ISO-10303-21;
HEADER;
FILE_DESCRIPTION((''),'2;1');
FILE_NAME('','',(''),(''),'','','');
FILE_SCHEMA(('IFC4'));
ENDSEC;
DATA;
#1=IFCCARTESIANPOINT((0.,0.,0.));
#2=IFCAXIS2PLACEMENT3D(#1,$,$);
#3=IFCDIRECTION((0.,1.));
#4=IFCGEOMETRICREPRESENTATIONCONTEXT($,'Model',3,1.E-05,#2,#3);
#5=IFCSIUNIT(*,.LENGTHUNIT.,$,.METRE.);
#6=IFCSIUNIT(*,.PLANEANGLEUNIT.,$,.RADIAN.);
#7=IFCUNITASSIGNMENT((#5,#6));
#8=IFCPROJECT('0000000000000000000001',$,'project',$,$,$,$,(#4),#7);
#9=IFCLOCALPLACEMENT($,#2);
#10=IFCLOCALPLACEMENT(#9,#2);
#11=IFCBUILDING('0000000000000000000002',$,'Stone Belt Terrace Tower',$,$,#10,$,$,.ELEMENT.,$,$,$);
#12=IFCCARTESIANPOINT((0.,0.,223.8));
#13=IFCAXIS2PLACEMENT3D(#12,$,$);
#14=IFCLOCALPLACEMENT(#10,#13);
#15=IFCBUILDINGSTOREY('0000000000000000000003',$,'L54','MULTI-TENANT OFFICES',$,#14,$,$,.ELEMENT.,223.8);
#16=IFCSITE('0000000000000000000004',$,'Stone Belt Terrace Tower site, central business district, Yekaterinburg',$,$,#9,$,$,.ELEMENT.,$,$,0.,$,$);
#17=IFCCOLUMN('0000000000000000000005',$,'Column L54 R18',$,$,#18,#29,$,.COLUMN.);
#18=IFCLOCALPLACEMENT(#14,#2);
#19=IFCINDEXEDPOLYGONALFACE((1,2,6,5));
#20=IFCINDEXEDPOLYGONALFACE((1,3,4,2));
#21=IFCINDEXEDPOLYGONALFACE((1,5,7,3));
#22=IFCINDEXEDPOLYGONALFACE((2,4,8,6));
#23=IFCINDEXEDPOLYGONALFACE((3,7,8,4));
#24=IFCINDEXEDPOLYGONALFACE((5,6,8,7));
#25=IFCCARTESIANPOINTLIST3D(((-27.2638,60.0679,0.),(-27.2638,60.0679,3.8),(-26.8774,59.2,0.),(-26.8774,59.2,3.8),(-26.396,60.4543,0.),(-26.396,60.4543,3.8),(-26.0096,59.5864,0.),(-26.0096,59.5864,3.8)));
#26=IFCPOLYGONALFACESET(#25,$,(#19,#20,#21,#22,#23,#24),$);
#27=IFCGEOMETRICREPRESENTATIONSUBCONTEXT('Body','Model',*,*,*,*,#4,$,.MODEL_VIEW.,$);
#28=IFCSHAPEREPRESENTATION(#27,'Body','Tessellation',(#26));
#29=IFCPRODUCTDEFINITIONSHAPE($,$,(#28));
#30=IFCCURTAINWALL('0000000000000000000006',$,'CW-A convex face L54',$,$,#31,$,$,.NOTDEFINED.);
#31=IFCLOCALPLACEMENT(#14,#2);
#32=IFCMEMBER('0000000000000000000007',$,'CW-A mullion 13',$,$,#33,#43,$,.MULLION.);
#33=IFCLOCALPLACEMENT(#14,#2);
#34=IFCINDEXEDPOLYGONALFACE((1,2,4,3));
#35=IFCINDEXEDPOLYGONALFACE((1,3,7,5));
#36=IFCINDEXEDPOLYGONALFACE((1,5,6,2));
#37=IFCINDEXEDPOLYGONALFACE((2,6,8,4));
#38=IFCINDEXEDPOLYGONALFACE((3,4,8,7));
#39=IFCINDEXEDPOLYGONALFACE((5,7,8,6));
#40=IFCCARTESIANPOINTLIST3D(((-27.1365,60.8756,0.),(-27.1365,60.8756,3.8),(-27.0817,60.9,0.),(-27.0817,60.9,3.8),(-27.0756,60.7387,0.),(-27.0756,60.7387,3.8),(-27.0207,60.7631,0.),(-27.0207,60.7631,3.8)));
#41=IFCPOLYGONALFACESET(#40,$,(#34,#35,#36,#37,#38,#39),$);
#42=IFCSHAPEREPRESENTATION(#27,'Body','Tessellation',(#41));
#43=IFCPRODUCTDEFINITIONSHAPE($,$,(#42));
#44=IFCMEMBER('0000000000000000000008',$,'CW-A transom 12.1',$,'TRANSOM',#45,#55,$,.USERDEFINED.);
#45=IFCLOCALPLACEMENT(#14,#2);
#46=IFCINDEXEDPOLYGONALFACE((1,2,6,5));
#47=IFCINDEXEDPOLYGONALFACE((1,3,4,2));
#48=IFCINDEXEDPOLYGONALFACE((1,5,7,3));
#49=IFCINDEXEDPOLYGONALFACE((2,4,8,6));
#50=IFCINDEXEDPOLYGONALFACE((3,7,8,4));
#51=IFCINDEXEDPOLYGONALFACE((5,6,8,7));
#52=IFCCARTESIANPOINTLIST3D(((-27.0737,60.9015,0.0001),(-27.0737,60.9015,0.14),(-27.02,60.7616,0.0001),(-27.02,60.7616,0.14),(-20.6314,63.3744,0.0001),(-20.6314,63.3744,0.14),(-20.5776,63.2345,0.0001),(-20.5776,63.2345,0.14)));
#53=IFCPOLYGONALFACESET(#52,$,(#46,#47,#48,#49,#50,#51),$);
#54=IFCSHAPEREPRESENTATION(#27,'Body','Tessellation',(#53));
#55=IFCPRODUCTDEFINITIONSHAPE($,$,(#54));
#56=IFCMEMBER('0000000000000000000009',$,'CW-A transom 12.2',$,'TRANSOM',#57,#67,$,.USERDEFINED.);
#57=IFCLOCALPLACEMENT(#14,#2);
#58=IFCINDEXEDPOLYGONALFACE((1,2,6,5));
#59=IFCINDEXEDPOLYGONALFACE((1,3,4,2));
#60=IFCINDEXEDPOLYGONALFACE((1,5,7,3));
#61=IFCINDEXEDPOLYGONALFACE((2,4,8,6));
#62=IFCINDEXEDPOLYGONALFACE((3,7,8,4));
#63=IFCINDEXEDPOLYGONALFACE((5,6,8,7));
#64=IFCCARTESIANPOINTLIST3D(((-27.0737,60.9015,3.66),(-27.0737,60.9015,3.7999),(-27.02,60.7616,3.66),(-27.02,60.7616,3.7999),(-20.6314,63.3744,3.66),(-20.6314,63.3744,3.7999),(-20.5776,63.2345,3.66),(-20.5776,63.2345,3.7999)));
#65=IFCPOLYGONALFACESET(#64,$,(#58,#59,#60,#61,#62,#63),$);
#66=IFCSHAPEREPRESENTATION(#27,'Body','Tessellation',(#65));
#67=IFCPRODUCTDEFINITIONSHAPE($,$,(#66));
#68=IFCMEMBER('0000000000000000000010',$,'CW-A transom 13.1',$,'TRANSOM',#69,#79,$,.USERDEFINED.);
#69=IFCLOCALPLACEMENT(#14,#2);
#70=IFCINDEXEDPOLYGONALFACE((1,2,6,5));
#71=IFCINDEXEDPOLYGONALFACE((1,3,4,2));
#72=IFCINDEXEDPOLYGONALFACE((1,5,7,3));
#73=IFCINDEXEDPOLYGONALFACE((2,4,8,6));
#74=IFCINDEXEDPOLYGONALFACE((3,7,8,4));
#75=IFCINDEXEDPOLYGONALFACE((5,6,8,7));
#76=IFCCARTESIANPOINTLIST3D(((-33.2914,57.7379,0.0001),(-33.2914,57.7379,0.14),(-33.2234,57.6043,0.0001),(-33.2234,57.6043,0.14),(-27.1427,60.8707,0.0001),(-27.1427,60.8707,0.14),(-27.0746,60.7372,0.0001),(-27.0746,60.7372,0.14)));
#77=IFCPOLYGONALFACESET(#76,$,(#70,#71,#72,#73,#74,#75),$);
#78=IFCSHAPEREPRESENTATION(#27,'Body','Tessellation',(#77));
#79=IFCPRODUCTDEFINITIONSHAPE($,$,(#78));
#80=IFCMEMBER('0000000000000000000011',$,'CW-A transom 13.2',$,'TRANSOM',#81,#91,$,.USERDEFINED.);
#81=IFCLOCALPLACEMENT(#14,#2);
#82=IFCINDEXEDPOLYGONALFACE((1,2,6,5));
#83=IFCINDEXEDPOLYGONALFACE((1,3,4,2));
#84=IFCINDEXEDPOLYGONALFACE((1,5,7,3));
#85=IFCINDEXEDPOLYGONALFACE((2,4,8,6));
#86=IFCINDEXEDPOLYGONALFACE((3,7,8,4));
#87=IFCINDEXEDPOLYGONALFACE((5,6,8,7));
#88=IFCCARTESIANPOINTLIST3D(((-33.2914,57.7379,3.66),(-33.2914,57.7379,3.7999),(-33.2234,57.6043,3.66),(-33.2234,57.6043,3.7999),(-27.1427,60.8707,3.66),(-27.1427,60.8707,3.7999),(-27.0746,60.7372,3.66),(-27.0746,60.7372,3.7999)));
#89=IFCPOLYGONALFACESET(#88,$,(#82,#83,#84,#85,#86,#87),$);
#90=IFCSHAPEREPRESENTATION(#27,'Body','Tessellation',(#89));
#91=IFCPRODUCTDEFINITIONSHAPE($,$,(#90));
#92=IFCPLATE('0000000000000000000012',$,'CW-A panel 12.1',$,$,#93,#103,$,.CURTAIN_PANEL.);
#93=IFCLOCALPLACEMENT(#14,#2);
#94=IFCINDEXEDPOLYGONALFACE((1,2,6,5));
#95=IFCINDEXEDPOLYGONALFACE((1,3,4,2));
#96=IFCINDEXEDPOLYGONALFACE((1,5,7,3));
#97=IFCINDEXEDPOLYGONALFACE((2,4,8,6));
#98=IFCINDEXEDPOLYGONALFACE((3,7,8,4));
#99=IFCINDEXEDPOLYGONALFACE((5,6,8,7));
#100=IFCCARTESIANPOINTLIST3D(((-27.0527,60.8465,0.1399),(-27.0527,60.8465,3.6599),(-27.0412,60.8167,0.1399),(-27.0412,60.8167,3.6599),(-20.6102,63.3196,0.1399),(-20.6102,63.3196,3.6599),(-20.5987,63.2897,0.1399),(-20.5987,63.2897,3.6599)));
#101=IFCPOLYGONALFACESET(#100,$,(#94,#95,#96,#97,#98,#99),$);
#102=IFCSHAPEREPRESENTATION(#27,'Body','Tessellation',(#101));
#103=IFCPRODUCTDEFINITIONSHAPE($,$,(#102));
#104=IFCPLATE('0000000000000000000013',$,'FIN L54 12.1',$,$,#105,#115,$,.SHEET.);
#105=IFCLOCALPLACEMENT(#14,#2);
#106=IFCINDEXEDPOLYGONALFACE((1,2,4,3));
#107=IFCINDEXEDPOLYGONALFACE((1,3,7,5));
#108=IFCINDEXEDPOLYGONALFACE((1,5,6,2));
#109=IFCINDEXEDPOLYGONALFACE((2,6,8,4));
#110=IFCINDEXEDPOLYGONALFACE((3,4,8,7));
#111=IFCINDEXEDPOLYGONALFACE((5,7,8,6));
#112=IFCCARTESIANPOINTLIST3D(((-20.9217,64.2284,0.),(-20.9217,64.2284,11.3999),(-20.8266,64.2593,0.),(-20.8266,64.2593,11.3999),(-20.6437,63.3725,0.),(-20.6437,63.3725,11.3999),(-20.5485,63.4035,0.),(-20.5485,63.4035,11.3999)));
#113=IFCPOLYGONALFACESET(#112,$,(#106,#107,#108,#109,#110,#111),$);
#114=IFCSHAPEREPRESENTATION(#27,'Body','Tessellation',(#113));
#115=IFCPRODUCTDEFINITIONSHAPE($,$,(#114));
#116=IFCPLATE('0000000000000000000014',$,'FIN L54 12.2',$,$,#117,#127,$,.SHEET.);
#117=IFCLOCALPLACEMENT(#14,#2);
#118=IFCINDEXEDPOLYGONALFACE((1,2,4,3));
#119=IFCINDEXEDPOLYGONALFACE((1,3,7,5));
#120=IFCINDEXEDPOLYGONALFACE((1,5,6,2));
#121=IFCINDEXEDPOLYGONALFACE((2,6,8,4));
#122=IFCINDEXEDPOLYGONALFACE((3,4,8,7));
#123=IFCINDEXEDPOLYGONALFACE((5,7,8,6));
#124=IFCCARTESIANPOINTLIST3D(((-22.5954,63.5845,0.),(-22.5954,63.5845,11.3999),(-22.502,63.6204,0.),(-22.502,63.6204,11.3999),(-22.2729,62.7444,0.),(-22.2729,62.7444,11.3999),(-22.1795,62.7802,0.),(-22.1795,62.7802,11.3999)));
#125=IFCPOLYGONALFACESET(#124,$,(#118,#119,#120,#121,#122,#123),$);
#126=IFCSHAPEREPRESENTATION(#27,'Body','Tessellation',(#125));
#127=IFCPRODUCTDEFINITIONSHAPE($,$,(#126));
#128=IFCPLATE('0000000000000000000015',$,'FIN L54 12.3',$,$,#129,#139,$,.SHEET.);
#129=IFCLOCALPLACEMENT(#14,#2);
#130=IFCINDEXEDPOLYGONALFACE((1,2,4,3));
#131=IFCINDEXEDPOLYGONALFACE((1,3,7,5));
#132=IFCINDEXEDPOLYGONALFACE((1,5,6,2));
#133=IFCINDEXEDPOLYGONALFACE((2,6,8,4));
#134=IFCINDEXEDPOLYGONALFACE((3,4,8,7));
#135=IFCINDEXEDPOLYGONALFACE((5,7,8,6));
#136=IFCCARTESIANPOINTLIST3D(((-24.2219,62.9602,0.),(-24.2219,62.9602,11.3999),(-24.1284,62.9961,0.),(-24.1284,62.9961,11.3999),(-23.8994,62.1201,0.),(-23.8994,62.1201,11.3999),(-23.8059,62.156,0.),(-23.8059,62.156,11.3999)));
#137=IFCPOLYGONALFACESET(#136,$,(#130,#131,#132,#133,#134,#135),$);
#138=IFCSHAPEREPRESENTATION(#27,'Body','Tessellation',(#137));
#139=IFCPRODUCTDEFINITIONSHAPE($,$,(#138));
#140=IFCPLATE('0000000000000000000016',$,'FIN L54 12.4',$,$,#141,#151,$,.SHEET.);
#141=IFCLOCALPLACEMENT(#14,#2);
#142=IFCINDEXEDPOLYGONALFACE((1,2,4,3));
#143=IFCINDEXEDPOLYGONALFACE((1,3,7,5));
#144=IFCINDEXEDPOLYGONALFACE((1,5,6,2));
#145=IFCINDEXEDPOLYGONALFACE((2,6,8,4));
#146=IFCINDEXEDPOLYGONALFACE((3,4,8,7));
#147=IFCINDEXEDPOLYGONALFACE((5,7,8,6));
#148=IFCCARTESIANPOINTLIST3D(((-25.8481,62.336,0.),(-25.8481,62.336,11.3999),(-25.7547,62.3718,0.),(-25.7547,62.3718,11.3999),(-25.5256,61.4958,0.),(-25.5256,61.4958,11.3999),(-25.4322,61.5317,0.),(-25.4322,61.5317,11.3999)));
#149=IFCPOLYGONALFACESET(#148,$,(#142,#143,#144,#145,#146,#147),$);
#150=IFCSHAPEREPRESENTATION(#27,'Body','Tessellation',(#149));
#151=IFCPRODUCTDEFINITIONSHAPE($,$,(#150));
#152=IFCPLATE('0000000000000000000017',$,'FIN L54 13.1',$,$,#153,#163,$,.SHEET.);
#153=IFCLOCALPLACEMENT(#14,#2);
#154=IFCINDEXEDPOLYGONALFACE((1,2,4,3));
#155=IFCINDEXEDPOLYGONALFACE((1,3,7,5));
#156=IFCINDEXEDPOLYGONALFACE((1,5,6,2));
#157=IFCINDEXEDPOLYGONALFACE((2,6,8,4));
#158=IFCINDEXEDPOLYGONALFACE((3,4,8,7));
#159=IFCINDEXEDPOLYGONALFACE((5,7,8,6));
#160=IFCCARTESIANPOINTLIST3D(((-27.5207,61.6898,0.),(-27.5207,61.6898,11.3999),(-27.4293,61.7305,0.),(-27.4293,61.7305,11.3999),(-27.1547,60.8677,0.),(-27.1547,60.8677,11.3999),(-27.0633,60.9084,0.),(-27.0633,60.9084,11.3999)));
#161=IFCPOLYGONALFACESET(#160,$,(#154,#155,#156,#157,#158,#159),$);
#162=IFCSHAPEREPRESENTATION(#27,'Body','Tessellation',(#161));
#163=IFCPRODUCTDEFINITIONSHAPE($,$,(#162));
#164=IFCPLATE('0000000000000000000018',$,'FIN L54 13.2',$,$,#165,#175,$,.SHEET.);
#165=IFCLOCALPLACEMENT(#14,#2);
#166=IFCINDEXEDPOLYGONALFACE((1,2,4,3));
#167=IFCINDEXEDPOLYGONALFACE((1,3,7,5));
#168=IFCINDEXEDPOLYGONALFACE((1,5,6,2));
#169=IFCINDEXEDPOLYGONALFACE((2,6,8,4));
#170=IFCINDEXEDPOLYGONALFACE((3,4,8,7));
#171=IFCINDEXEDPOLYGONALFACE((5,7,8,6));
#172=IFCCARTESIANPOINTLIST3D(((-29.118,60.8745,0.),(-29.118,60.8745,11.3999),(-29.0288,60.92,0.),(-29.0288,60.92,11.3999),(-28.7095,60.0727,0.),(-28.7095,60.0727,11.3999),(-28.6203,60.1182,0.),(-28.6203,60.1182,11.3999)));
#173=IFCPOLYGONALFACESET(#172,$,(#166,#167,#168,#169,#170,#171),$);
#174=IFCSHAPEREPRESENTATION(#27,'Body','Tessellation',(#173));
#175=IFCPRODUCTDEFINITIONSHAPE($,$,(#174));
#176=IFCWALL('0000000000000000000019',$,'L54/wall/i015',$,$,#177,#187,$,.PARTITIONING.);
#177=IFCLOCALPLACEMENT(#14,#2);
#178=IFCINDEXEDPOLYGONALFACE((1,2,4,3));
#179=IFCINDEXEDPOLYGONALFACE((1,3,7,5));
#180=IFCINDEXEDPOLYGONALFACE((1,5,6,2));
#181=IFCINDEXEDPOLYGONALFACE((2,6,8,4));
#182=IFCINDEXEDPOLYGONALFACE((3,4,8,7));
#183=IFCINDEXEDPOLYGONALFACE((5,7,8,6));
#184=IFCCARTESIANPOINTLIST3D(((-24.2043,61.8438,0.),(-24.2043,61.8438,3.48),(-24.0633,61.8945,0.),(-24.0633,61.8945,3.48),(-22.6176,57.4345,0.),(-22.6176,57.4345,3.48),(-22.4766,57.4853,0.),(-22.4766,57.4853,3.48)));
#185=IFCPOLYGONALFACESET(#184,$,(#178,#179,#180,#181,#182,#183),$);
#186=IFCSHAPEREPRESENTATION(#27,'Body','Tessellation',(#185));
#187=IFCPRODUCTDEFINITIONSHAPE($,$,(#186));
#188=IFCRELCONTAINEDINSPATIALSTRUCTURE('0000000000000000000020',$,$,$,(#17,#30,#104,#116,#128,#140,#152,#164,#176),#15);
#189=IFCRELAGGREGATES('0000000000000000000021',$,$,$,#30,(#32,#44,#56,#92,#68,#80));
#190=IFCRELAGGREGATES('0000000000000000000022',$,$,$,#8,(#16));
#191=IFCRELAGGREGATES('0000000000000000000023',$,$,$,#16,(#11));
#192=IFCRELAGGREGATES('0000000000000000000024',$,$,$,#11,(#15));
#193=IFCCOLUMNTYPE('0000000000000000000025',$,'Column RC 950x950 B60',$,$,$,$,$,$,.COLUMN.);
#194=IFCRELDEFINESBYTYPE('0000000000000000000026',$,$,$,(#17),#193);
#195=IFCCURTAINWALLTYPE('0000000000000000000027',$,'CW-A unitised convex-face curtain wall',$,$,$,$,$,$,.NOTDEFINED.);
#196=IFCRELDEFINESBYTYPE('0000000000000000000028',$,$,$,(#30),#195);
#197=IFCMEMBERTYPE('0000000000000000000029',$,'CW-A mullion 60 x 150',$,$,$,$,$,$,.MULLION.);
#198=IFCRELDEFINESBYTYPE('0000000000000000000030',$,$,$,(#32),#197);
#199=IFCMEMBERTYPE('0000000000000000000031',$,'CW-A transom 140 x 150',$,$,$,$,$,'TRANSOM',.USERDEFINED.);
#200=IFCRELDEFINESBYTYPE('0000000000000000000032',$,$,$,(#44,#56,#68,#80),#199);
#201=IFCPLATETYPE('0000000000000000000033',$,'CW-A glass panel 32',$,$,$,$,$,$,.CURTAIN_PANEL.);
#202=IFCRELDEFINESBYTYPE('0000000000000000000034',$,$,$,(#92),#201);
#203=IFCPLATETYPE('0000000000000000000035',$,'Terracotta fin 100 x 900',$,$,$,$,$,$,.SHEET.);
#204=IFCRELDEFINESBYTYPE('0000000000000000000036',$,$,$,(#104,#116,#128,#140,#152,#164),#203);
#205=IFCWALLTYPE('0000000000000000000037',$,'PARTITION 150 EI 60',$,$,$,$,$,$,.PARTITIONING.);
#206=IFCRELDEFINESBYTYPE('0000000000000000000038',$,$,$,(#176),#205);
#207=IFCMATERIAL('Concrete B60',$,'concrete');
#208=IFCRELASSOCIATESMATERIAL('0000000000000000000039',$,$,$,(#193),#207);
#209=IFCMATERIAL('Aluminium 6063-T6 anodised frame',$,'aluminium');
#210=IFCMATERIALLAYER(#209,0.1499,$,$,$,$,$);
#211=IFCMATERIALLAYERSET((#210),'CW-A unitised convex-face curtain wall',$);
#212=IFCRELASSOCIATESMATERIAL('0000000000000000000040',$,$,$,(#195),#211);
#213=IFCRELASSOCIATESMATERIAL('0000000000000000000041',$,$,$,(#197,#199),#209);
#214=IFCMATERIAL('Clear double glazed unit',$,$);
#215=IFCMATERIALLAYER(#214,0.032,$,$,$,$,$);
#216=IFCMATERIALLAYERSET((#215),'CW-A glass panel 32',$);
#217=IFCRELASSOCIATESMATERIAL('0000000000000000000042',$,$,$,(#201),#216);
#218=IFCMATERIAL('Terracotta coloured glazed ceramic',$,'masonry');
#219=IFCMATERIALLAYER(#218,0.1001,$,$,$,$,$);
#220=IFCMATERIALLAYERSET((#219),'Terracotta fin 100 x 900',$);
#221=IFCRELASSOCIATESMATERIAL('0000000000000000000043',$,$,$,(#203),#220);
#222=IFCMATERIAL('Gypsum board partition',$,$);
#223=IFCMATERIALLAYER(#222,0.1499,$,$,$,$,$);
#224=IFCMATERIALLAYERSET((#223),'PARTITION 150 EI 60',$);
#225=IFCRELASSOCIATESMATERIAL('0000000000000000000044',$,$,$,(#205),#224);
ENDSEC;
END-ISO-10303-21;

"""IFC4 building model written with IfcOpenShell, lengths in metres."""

from ifc_helpers import new_model, si_unit, direction, frame, frame_2d, origin, origin_2d, place, context, subcontext, project, spatial, rectangle, extrude, material, layer, layer_set, material_profile, profile_set, type_object, element, aggregate, save


model = new_model("IFC4")

# Units and contexts
model_context = context("Model", 3, precision=1e-05, world=origin(), true_north=direction((0.0, 1.0)))
body_context = subcontext(model_context, "Body", "Model", "MODEL_VIEW")
ifc_project = project(units=[si_unit("LENGTHUNIT", "METRE"), si_unit("PLANEANGLEUNIT", "RADIAN")], contexts=[model_context])

# Site, building, storey
site_placement = place(None, origin())
site = spatial("IfcSite", under=ifc_project, at=site_placement, Name="Stone Belt Terrace Tower site, central business district, Yekaterinburg", CompositionType="ELEMENT", RefElevation=0.0)
building_placement = place(site_placement, origin())
building = spatial("IfcBuilding", under=site, at=building_placement, Name="Stone Belt Terrace Tower", CompositionType="ELEMENT")
storey_placement = place(building_placement, frame((0.0, 0.0, 223.8)))
storey = spatial("IfcBuildingStorey", under=building, at=storey_placement, Name="L54", Description="MULTI-TENANT OFFICES", CompositionType="ELEMENT", Elevation=223.8)

# Column
ifc_material_1 = material(Name="Concrete B60", Category="concrete")
ifc_material_profile_1 = material_profile(ifc_material_1, rectangle(XDim=0.95, YDim=0.95, at=origin_2d()), Name="RC 950x950")
ifc_profile_set_1 = profile_set([ifc_material_profile_1], Name="Concrete B60")
column_type = type_object("IfcColumnType", Name="Column RC 950x950 B60", PredefinedType="COLUMN", material=ifc_profile_set_1)
column_placement = place(storey_placement, frame((-26.6367, 59.8271, 0.0), z_axis=(0.0, 0.0, 1.0), x_axis=(0.913545, 0.406737, 0.0)))
element("IfcColumn", 1, at=column_placement, inside=storey, type_object=column_type, Name="Column L54 R18", PredefinedType="COLUMN", context=body_context, shape_type="SweptSolid", body=[
    extrude(rectangle(XDim=0.95, YDim=0.95, at=origin_2d()), origin(), (0.0, 0.0, 1.0), 3.8),
])

# Curtain wall, members, plate
ifc_material_2 = material(Name="Aluminium 6063-T6 anodised frame", Category="aluminium")
ifc_layer_1 = layer(ifc_material_2, 0.1499)
ifc_layer_set_1 = layer_set([ifc_layer_1], Name="CW-A unitised convex-face curtain wall")
curtain_wall_type = type_object("IfcCurtainWallType", Name="CW-A unitised convex-face curtain wall", PredefinedType="NOTDEFINED", material=ifc_layer_set_1)
curtain_wall_placement = place(storey_placement, origin())
curtain_wall = element("IfcCurtainWall", 2, at=curtain_wall_placement, inside=storey, type_object=curtain_wall_type, Name="CW-A convex face L54", PredefinedType="NOTDEFINED")
ifc_material_profile_2 = material_profile(ifc_material_2, rectangle(XDim=0.1499, YDim=0.0601, at=origin_2d()), Name="Aluminium 6063-T6 60x150")
ifc_profile_set_2 = profile_set([ifc_material_profile_2], Name="Aluminium 6063-T6 anodised frame")
member_type_1 = type_object("IfcMemberType", Name="CW-A mullion 60 x 150", PredefinedType="MULLION", material=ifc_profile_set_2)
member_1_placement = place(storey_placement, frame((-27.0786, 60.8193, 0.0), z_axis=(0.0, 0.0, 1.0), x_axis=(0.406737, -0.913545, 0.0)))
member_1 = element("IfcMember", 3, at=member_1_placement, type_object=member_type_1, Name="CW-A mullion 13", PredefinedType="MULLION", context=body_context, shape_type="SweptSolid", body=[
    extrude(rectangle(XDim=0.1499, YDim=0.0601, at=origin_2d()), origin(), (0.0, 0.0, 1.0), 3.8),
])
ifc_material_profile_3 = material_profile(ifc_material_2, rectangle(XDim=0.1499, YDim=0.1399, at=origin_2d()), Name="Aluminium 6063-T6 150x140")
ifc_profile_set_3 = profile_set([ifc_material_profile_3], Name="Aluminium 6063-T6 anodised frame")
member_type_2 = type_object("IfcMemberType", Name="CW-A transom 140 x 150", ElementType="TRANSOM", PredefinedType="USERDEFINED", material=ifc_profile_set_3)
member_2_placement = place(storey_placement, frame((-20.6045, 63.3044, 0.0701), z_axis=(-0.933585, -0.358355, 0.0), x_axis=(0.358355, -0.933585, 0.0)))
member_2 = element("IfcMember", 4, at=member_2_placement, type_object=member_type_2, Name="CW-A transom 12.1", ObjectType="TRANSOM", PredefinedType="USERDEFINED", context=body_context, shape_type="SweptSolid", body=[
    extrude(rectangle(XDim=0.1499, YDim=0.1399, at=origin_2d()), origin(), (0.0, 0.0, 1.0), 6.9006),
])
member_3_placement = place(storey_placement, frame((-20.6045, 63.3044, 3.73), z_axis=(-0.933585, -0.358355, 0.0), x_axis=(0.358355, -0.933585, 0.0)))
member_3 = element("IfcMember", 5, at=member_3_placement, type_object=member_type_2, Name="CW-A transom 12.2", ObjectType="TRANSOM", PredefinedType="USERDEFINED", context=body_context, shape_type="SweptSolid", body=[
    extrude(rectangle(XDim=0.1499, YDim=0.1399, at=origin_2d()), origin(), (0.0, 0.0, 1.0), 6.9006),
])
member_4_placement = place(storey_placement, frame((-27.1086, 60.804, 0.0701), z_axis=(-0.891012, -0.453979, 0.0), x_axis=(0.453979, -0.891012, 0.0)))
member_4 = element("IfcMember", 6, at=member_4_placement, type_object=member_type_2, Name="CW-A transom 13.1", ObjectType="TRANSOM", PredefinedType="USERDEFINED", context=body_context, shape_type="SweptSolid", body=[
    extrude(rectangle(XDim=0.1499, YDim=0.1399, at=origin_2d()), origin(), (0.0, 0.0, 1.0), 6.9009),
])
member_5_placement = place(storey_placement, frame((-27.1086, 60.804, 3.73), z_axis=(-0.891012, -0.453979, 0.0), x_axis=(0.453979, -0.891012, 0.0)))
member_5 = element("IfcMember", 7, at=member_5_placement, type_object=member_type_2, Name="CW-A transom 13.2", ObjectType="TRANSOM", PredefinedType="USERDEFINED", context=body_context, shape_type="SweptSolid", body=[
    extrude(rectangle(XDim=0.1499, YDim=0.1399, at=origin_2d()), origin(), (0.0, 0.0, 1.0), 6.9009),
])
ifc_material_3 = material(Name="Clear double glazed unit")
ifc_layer_2 = layer(ifc_material_3, 0.032)
ifc_layer_set_2 = layer_set([ifc_layer_2], Name="CW-A glass panel 32")
plate_type_1 = type_object("IfcPlateType", Name="CW-A glass panel 32", PredefinedType="CURTAIN_PANEL", material=ifc_layer_set_2)
plate_placement = place(storey_placement, frame((-23.8257, 62.0681, 0.1399), z_axis=(0.0, 0.0, 1.0), x_axis=(-0.93358, -0.358368, 0.0)))
plate = element("IfcPlate", 8, at=plate_placement, type_object=plate_type_1, Name="CW-A panel 12.1", PredefinedType="CURTAIN_PANEL", context=body_context, shape_type="SweptSolid", body=[
    extrude(rectangle(XDim=6.9009, YDim=0.032, at=origin_2d()), origin(), (0.0, 0.0, 1.0), 3.52),
])
aggregate(curtain_wall, [member_1, member_2, member_3, plate, member_4, member_5])

# Plates
ifc_material_4 = material(Name="Terracotta coloured glazed ceramic", Category="masonry")
ifc_layer_3 = layer(ifc_material_4, 0.1001)
ifc_layer_set_3 = layer_set([ifc_layer_3], Name="Terracotta fin 100 x 900")
plate_type_2 = type_object("IfcPlateType", Name="Terracotta fin 100 x 900", PredefinedType="SHEET", material=ifc_layer_set_3)
for number, where, z_axis, x_axis, name in (
    (9, (-20.7351, 63.8159, 0.0), (0.0, 0.0, 1.0), (-0.309017, 0.951057, 0.0), "FIN L54 12.1"),
    (10, (-22.3875, 63.1824, 0.0), (0.0, 0.0, 1.0), (-0.358368, 0.93358, 0.0), "FIN L54 12.2"),
    (11, (-24.0139, 62.5581, 0.0), (0.0, 0.0, 1.0), (-0.358368, 0.93358, 0.0), "FIN L54 12.3"),
    (12, (-25.6401, 61.9338, 0.0), (0.0, 0.0, 1.0), (-0.358368, 0.93358, 0.0), "FIN L54 12.4"),
    (13, (-27.292, 61.2991, 0.0), (0.0, 0.0, 1.0), (-0.406737, 0.913545, 0.0), "FIN L54 13.1"),
    (14, (-28.8691, 60.4963, 0.0), (0.0, 0.0, 1.0), (-0.45399, 0.891007, 0.0), "FIN L54 13.2"),
):
    element("IfcPlate", number, at=place(storey_placement, frame(where, z_axis=z_axis, x_axis=x_axis)), inside=storey, type_object=plate_type_2, Name=name, PredefinedType="SHEET", context=body_context, shape_type="SweptSolid", body=[
        extrude(rectangle(XDim=0.8999, YDim=0.1001, at=origin_2d()), origin(), (0.0, 0.0, 1.0), 11.3999),
    ])

# Wall
ifc_material_5 = material(Name="Gypsum board partition")
ifc_layer_4 = layer(ifc_material_5, 0.1499)
ifc_layer_set_4 = layer_set([ifc_layer_4], Name="PARTITION 150 EI 60")
wall_type = type_object("IfcWallType", Name="PARTITION 150 EI 60", PredefinedType="PARTITIONING", material=ifc_layer_set_4)
wall_placement = place(storey_placement, frame((-24.1338, 61.8691, 0.0), z_axis=(0.0, 0.0, 1.0), x_axis=(0.3386, -0.940931, 0.0)))
element("IfcWall", 15, at=wall_placement, inside=storey, type_object=wall_type, Name="L54/wall/i015", PredefinedType="PARTITIONING", context=body_context, shape_type="SweptSolid", body=[
    extrude(rectangle(XDim=4.686, YDim=0.1499, at=frame_2d((2.343, 0.0))), origin(), (0.0, 0.0, 1.0), 3.48),
])

save(model, "model.ifc")
